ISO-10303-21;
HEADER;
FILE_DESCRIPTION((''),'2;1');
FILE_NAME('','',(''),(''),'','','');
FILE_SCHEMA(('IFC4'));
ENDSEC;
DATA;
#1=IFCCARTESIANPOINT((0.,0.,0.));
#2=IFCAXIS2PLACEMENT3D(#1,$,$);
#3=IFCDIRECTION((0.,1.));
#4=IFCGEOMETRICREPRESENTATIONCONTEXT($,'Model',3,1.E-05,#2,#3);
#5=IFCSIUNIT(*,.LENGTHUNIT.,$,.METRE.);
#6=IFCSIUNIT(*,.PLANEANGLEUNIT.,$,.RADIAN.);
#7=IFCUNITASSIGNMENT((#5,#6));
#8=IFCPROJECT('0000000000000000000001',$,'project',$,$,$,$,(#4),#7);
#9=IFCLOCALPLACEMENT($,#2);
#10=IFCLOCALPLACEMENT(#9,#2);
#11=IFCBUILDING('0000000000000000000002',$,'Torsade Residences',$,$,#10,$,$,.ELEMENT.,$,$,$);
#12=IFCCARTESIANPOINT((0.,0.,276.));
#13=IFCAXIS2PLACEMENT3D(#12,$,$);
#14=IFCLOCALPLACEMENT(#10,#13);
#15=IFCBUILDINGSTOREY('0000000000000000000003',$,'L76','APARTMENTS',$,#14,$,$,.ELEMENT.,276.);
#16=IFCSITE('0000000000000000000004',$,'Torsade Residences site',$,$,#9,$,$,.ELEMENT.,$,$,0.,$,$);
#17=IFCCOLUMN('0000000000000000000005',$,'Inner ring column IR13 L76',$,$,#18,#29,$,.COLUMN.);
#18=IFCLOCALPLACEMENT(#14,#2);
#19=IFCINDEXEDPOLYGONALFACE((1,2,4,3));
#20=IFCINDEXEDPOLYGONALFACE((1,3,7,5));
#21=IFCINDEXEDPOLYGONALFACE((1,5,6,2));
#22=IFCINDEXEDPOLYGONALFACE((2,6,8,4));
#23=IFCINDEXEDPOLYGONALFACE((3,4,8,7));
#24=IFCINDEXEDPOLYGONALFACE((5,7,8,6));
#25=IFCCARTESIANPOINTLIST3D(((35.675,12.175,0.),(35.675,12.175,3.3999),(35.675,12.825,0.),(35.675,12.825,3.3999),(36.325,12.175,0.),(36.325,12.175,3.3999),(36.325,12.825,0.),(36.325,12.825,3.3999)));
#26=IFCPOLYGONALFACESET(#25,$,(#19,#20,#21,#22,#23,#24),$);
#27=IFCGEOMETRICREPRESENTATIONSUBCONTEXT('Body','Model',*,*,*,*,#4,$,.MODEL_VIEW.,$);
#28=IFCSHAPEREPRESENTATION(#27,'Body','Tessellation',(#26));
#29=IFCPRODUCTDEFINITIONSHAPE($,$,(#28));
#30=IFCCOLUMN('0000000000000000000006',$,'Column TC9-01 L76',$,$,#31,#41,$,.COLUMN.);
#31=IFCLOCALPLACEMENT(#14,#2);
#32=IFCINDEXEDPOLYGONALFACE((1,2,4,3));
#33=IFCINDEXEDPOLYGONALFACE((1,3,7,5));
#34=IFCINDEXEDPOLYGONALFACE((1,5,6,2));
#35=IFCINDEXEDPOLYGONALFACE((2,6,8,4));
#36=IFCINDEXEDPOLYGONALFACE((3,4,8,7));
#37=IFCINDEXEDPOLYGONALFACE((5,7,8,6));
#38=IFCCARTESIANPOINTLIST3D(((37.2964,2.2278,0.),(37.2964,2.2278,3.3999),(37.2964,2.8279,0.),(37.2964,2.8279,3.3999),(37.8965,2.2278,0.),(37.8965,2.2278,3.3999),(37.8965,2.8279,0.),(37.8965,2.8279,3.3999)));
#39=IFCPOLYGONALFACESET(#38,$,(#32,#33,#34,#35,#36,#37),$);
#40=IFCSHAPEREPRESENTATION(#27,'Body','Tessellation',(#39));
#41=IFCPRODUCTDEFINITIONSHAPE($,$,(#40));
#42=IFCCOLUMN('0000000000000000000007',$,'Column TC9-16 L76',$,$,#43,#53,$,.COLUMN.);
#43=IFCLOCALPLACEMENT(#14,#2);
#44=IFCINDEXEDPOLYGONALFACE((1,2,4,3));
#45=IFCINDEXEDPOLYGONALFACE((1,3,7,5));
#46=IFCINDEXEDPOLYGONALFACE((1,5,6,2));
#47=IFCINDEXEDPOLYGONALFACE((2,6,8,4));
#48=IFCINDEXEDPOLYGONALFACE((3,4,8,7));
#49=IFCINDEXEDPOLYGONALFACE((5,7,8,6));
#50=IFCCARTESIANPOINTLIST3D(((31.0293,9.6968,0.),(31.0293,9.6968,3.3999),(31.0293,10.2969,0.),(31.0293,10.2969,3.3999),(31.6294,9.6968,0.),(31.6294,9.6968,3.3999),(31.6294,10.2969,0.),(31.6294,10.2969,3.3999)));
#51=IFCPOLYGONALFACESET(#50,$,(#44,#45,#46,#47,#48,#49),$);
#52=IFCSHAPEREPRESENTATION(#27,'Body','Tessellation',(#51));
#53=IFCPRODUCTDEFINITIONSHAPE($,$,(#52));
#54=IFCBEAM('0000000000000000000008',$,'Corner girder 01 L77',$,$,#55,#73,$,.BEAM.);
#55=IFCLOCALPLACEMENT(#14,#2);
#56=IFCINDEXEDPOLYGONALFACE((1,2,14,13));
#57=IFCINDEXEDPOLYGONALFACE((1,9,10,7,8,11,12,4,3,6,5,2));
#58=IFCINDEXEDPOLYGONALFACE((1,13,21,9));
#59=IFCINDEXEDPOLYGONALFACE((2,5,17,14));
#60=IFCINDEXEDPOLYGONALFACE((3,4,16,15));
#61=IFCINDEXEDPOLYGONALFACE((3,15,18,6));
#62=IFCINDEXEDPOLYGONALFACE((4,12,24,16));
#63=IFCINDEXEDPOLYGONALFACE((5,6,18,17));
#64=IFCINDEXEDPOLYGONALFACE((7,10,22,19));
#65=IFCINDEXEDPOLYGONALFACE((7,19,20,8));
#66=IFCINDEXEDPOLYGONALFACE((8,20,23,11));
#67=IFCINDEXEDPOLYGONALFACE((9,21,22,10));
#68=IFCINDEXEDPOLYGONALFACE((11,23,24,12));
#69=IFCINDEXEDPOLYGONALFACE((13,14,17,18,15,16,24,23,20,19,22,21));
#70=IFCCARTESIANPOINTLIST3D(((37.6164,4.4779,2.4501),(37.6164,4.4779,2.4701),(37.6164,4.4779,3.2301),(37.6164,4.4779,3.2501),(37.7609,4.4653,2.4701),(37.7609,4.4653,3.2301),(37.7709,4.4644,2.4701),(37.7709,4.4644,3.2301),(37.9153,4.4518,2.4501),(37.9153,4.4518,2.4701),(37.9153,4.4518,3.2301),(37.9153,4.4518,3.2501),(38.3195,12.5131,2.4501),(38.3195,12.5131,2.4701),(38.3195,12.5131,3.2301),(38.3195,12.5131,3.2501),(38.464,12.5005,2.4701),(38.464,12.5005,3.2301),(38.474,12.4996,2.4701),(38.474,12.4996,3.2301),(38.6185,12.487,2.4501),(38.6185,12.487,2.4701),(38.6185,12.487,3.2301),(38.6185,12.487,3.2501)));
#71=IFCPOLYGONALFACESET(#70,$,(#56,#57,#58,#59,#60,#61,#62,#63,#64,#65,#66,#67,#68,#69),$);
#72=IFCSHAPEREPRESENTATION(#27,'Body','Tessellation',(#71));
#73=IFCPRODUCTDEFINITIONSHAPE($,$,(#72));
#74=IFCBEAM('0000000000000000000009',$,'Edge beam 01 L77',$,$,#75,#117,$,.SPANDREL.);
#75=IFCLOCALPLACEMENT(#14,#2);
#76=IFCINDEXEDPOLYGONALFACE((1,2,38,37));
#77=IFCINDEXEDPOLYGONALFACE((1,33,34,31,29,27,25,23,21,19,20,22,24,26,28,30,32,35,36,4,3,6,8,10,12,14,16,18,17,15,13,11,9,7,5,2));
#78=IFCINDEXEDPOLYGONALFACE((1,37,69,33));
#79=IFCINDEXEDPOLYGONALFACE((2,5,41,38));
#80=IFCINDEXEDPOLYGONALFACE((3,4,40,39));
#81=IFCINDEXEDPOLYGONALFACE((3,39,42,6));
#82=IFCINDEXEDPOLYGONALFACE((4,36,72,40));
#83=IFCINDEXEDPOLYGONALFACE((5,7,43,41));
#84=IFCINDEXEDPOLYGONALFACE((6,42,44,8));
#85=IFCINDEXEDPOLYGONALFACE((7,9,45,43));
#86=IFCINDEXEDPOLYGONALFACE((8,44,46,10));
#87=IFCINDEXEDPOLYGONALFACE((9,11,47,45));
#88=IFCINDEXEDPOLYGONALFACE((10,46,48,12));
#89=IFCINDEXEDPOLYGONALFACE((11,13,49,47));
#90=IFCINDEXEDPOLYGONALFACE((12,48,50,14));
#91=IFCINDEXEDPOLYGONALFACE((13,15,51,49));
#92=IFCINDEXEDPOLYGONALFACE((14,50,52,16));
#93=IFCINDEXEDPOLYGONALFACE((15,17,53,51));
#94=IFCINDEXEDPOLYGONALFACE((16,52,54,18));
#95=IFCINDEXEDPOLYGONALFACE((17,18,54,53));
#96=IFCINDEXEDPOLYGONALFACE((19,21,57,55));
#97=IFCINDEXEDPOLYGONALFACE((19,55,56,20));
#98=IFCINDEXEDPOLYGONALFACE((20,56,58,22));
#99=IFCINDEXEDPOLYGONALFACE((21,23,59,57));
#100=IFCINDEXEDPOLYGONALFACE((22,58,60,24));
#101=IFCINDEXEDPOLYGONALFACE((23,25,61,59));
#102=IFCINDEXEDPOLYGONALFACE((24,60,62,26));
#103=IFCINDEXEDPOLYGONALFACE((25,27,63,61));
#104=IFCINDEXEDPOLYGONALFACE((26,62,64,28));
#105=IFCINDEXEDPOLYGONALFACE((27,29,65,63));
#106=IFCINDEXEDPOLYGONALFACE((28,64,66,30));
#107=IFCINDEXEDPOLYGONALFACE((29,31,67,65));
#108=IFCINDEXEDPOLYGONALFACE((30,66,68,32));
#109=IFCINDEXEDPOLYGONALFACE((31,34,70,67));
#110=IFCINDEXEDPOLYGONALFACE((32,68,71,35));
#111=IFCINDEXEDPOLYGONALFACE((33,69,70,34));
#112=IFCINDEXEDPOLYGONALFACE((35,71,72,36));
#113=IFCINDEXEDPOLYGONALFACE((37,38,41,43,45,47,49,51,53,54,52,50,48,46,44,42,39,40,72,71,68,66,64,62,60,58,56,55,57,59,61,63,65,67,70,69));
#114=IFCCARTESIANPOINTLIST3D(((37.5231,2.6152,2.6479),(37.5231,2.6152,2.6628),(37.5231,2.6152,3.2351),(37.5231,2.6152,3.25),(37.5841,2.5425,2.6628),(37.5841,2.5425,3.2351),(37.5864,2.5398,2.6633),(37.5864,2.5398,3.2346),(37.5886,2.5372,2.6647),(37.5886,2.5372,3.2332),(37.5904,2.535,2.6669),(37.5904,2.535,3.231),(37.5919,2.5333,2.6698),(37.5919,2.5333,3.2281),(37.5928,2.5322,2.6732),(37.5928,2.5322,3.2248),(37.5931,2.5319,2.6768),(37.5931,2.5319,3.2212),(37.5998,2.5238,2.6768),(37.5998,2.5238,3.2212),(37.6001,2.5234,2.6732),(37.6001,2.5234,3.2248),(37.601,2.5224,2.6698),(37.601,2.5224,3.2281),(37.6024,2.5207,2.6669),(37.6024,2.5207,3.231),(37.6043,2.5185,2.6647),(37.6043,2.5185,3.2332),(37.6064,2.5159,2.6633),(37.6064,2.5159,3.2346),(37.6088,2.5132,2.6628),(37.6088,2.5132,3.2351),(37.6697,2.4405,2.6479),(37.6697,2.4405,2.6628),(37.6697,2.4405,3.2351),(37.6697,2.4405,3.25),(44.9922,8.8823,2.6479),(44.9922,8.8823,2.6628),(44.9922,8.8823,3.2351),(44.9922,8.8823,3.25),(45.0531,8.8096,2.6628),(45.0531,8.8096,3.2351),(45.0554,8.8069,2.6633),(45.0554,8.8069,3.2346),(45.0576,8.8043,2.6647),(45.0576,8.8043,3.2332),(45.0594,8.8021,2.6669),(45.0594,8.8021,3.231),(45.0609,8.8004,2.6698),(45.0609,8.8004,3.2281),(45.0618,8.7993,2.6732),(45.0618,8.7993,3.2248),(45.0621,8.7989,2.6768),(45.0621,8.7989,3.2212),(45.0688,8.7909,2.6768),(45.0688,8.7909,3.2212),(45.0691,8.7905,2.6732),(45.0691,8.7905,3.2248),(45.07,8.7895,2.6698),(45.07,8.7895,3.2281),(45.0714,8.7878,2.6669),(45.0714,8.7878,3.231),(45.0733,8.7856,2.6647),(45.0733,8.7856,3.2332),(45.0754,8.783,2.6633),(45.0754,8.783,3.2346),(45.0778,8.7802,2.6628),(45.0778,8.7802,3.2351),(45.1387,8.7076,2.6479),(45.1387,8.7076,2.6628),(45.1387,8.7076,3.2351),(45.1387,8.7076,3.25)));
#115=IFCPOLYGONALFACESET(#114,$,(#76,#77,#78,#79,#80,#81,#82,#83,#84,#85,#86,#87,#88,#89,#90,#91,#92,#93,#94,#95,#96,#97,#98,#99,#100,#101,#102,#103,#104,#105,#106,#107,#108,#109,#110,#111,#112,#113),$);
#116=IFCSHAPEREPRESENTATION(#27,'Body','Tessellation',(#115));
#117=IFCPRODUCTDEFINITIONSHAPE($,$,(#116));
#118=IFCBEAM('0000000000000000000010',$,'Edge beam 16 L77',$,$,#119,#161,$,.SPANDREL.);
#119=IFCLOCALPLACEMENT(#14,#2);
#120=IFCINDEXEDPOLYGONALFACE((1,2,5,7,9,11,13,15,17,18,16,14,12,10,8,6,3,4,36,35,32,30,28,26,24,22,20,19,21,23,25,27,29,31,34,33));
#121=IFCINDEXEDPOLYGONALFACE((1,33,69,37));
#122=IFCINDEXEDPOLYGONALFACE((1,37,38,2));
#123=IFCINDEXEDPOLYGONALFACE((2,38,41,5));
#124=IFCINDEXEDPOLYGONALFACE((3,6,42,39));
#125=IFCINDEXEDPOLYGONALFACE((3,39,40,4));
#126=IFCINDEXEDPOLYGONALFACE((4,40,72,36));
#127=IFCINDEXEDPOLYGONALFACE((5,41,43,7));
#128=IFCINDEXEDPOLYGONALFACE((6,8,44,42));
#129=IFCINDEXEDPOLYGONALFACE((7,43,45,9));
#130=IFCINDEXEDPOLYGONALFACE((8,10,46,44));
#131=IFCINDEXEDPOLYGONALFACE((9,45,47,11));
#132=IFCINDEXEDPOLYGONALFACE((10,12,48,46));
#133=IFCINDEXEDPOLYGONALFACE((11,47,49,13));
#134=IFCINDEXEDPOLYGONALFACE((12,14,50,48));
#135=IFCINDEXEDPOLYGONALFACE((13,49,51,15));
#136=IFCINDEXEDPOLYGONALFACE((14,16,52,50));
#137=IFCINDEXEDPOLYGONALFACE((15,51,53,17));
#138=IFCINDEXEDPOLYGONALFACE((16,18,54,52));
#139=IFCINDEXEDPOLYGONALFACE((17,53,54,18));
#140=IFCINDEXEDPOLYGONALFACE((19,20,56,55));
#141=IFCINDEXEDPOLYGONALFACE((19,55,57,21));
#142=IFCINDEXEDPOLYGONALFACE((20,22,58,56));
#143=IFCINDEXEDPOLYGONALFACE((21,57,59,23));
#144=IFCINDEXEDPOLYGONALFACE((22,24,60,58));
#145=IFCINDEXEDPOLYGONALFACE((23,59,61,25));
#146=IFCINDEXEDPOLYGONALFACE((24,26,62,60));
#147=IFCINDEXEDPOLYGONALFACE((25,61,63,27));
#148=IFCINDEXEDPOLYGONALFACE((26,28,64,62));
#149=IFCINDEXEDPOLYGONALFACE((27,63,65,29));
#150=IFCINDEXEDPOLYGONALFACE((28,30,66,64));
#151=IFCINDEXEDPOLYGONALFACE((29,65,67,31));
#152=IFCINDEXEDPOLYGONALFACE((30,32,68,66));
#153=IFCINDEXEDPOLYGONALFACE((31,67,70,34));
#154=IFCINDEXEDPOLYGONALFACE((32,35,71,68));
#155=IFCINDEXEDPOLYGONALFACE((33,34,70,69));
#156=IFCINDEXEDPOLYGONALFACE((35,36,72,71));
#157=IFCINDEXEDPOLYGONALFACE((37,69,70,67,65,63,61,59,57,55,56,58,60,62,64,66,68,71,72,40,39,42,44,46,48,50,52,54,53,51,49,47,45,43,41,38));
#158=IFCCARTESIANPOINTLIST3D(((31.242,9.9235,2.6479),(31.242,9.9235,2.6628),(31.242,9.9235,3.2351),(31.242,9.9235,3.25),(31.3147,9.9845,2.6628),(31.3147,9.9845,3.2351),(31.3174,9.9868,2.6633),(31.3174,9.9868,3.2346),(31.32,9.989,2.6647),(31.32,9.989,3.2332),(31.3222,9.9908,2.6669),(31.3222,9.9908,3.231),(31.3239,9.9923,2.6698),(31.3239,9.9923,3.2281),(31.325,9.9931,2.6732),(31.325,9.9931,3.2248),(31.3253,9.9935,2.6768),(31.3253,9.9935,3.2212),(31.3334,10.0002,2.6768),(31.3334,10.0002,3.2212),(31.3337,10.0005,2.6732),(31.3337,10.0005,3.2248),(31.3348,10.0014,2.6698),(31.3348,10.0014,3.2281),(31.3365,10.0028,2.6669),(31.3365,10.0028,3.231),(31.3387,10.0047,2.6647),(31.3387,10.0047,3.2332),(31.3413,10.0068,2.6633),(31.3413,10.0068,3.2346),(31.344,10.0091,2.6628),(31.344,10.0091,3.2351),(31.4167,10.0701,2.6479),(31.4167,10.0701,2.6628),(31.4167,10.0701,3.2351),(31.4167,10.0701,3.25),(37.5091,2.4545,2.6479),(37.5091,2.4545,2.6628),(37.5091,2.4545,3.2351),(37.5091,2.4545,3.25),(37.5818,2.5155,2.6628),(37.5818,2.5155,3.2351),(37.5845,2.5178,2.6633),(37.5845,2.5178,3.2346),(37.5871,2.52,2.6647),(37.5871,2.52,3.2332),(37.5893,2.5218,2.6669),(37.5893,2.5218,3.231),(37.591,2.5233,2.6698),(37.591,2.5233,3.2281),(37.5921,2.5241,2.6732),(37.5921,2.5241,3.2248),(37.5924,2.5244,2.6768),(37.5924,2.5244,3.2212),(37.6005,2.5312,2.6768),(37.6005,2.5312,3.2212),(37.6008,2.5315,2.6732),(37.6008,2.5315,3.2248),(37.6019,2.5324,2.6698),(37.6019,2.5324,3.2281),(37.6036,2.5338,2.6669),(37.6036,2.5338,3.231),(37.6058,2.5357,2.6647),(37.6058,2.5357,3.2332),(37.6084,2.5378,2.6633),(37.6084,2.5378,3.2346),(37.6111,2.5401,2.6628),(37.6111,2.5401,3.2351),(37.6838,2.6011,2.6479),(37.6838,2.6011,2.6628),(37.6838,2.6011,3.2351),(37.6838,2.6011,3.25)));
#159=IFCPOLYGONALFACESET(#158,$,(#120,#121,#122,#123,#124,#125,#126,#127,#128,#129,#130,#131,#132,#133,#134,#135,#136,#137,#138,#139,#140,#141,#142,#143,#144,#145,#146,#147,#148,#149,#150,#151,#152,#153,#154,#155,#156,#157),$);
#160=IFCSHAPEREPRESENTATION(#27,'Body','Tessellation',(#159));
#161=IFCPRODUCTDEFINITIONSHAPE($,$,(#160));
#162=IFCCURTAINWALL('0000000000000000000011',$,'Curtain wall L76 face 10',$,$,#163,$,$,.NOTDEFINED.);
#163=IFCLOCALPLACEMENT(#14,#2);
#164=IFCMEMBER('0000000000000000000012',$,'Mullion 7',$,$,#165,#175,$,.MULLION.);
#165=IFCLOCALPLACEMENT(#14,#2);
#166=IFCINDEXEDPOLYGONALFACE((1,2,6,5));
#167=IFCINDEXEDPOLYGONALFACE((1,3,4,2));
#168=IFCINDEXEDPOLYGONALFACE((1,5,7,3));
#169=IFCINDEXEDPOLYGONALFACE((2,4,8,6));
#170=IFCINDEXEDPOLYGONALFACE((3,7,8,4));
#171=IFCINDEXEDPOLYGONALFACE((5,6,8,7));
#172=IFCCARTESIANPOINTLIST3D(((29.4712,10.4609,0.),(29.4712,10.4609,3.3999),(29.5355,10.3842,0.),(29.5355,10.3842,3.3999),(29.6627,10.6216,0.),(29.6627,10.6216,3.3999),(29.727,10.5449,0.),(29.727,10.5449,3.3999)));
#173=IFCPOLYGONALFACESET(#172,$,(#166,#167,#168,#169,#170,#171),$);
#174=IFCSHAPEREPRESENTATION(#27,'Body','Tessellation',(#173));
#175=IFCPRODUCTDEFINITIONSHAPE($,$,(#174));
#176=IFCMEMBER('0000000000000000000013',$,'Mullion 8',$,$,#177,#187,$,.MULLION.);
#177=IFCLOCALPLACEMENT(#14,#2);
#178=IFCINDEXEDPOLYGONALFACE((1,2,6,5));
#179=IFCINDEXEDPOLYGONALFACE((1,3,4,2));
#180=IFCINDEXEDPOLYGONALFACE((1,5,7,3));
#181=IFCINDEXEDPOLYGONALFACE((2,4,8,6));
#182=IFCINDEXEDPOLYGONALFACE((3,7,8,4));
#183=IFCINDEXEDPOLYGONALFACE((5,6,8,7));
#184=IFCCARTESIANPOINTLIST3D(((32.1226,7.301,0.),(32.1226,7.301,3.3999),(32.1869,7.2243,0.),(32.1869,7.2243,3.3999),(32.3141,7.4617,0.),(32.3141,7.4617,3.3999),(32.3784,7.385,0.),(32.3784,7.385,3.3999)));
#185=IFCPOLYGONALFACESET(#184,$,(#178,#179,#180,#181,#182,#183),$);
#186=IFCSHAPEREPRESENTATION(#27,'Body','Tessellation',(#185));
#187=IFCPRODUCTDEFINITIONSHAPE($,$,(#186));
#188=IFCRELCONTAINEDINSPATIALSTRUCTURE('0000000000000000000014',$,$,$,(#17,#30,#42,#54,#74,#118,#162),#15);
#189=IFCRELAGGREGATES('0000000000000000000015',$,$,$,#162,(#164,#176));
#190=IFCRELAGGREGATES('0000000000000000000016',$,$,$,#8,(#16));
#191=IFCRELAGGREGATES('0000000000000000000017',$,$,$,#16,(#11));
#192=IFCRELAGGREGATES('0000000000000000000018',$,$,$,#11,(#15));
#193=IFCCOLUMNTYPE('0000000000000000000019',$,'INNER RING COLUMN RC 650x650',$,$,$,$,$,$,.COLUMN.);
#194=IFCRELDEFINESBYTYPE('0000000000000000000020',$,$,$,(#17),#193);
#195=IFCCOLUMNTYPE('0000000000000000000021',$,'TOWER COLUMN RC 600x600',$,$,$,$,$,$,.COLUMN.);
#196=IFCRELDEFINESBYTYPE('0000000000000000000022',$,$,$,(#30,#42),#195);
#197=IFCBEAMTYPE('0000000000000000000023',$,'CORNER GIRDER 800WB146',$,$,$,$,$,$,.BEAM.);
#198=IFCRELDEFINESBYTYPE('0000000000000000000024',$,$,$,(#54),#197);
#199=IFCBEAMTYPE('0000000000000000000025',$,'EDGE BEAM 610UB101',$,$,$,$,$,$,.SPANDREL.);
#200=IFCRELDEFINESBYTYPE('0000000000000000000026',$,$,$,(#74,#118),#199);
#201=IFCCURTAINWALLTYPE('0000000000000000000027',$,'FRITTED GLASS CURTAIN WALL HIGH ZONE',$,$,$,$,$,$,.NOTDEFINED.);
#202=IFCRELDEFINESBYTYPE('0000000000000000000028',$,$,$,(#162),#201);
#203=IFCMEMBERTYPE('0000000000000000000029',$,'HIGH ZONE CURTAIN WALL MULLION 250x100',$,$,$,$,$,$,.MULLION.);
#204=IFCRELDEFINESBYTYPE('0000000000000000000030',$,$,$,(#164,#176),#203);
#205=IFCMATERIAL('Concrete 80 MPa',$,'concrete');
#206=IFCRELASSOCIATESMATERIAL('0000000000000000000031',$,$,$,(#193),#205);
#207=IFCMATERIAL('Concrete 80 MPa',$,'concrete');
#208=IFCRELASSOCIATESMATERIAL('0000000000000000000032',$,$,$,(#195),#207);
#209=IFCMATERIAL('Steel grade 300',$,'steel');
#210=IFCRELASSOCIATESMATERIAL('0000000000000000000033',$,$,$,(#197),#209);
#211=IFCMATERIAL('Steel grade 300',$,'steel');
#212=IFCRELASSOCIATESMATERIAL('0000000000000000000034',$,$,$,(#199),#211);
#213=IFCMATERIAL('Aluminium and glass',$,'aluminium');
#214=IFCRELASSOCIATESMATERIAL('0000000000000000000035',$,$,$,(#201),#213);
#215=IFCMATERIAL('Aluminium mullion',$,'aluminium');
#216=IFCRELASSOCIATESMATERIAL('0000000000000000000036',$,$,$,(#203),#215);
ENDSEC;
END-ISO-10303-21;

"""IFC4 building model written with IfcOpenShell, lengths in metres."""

from ifc_helpers import new_model, si_unit, direction, frame, origin, origin_2d, place, context, subcontext, project, spatial, rectangle, i_section, extrude, material, material_profile, profile_set, type_object, element, aggregate, save


model = new_model("IFC4")

# Units and contexts
model_context = context("Model", 3, precision=1e-05, world=origin(), true_north=direction((0.0, 1.0)))
body_context = subcontext(model_context, "Body", "Model", "MODEL_VIEW")
ifc_project = project(units=[si_unit("LENGTHUNIT", "METRE"), si_unit("PLANEANGLEUNIT", "RADIAN")], contexts=[model_context])

# Site, building, storey
site_placement = place(None, origin())
site = spatial("IfcSite", under=ifc_project, at=site_placement, Name="Torsade Residences site", CompositionType="ELEMENT", RefElevation=0.0)
building_placement = place(site_placement, origin())
building = spatial("IfcBuilding", under=site, at=building_placement, Name="Torsade Residences", CompositionType="ELEMENT")
storey_placement = place(building_placement, frame((0.0, 0.0, 276.0)))
storey = spatial("IfcBuildingStorey", under=building, at=storey_placement, Name="L76", Description="APARTMENTS", CompositionType="ELEMENT", Elevation=276.0)

# Columns
ifc_material_1 = material(Name="Concrete 80 MPa", Category="concrete")
ifc_material_profile_1 = material_profile(ifc_material_1, rectangle(XDim=0.6499, YDim=0.6499, at=origin_2d()), Name="RC 650x650")
ifc_profile_set_1 = profile_set([ifc_material_profile_1], Name="Concrete 80 MPa")
column_type_1 = type_object("IfcColumnType", Name="INNER RING COLUMN RC 650x650", PredefinedType="COLUMN", material=ifc_profile_set_1)
column_placement = place(storey_placement, frame((36.0, 12.5, 0.0), z_axis=(0.0, 0.0, 1.0), x_axis=(1.0, 0.0, 0.0)))
element("IfcColumn", 1, at=column_placement, inside=storey, type_object=column_type_1, Name="Inner ring column IR13 L76", PredefinedType="COLUMN", context=body_context, shape_type="SweptSolid", body=[
    extrude(rectangle(XDim=0.6499, YDim=0.6499, at=origin_2d()), origin(), (0.0, 0.0, 1.0), 3.3999),
])
ifc_material_2 = material(Name="Concrete 80 MPa", Category="concrete")
ifc_material_profile_2 = material_profile(ifc_material_2, rectangle(XDim=0.6001, YDim=0.6001, at=origin_2d()), Name="RC 600x600")
ifc_profile_set_2 = profile_set([ifc_material_profile_2], Name="Concrete 80 MPa")
column_type_2 = type_object("IfcColumnType", Name="TOWER COLUMN RC 600x600", PredefinedType="COLUMN", material=ifc_profile_set_2)
for number, where, z_axis, x_axis, name in (
    (2, (37.5964, 2.5278, 0.0), (0.0, 0.0, 1.0), (1.0, 0.0, 0.0), "Column TC9-01 L76"),
    (3, (31.3293, 9.9968, 0.0), (0.0, 0.0, 1.0), (1.0, 0.0, 0.0), "Column TC9-16 L76"),
):
    element("IfcColumn", number, at=place(storey_placement, frame(where, z_axis=z_axis, x_axis=x_axis)), inside=storey, type_object=column_type_2, Name=name, PredefinedType="COLUMN", context=body_context, shape_type="SweptSolid", body=[
        extrude(rectangle(XDim=0.6001, YDim=0.6001, at=origin_2d()), origin(), (0.0, 0.0, 1.0), 3.3999),
    ])

# Beams
ifc_material_3 = material(Name="Steel grade 300", Category="steel")
ifc_material_profile_3 = material_profile(ifc_material_3, i_section(OverallWidth=0.3, OverallDepth=0.8, WebThickness=0.01, FlangeThickness=0.02, at=origin_2d()), Name="800WB146")
ifc_profile_set_3 = profile_set([ifc_material_profile_3], Name="Steel grade 300")
beam_type_1 = type_object("IfcBeamType", Name="CORNER GIRDER 800WB146", PredefinedType="BEAM", material=ifc_profile_set_3)
beam_1_placement = place(storey_placement, frame((37.7659, 4.4648, 2.8501), z_axis=(0.087173, 0.996193, 0.0), x_axis=(-0.996193, 0.087173, 0.0)))
element("IfcBeam", 4, at=beam_1_placement, inside=storey, type_object=beam_type_1, Name="Corner girder 01 L77", PredefinedType="BEAM", context=body_context, shape_type="SweptSolid", body=[
    extrude(i_section(OverallWidth=0.3, OverallDepth=0.8, WebThickness=0.01, FlangeThickness=0.02, at=origin_2d()), origin(), (0.0, 0.0, 1.0), 8.0659),
])
ifc_material_4 = material(Name="Steel grade 300", Category="steel")
ifc_material_profile_4 = material_profile(ifc_material_4, i_section(OverallWidth=0.228, OverallDepth=0.6021, WebThickness=0.0105, FlangeThickness=0.0149, FilletRadius=0.0139, at=origin_2d()), Name="610UB101")
ifc_profile_set_4 = profile_set([ifc_material_profile_4], Name="Steel grade 300")
beam_type_2 = type_object("IfcBeamType", Name="EDGE BEAM 610UB101", PredefinedType="SPANDREL", material=ifc_profile_set_4)
for number, where, z_axis, x_axis, name in (
    (5, (37.5964, 2.5278, 2.949), (0.766052, 0.642779, 0.0), (-0.642779, 0.766052, 0.0), "Edge beam 01 L77"),
    (6, (31.3293, 9.9968, 2.949), (0.642779, -0.766052, 0.0), (0.766052, 0.642779, 0.0), "Edge beam 16 L77"),
):
    element("IfcBeam", number, at=place(storey_placement, frame(where, z_axis=z_axis, x_axis=x_axis)), inside=storey, type_object=beam_type_2, Name=name, PredefinedType="SPANDREL", context=body_context, shape_type="SweptSolid", body=[
        extrude(i_section(OverallWidth=0.228, OverallDepth=0.6021, WebThickness=0.0105, FlangeThickness=0.0149, FilletRadius=0.0139, at=origin_2d()), origin(), (0.0, 0.0, 1.0), 9.75),
    ])

# Curtain wall, members
ifc_material_5 = material(Name="Aluminium and glass", Category="aluminium")
curtain_wall_type = type_object("IfcCurtainWallType", Name="FRITTED GLASS CURTAIN WALL HIGH ZONE", PredefinedType="NOTDEFINED", material=ifc_material_5)
curtain_wall_placement = place(storey_placement, origin())
curtain_wall = element("IfcCurtainWall", 7, at=curtain_wall_placement, inside=storey, type_object=curtain_wall_type, Name="Curtain wall L76 face 10", PredefinedType="NOTDEFINED")
ifc_material_6 = material(Name="Aluminium mullion", Category="aluminium")
ifc_material_profile_5 = material_profile(ifc_material_6, rectangle(XDim=0.25, YDim=0.1001, at=origin_2d()), Name="HIGH ZONE CURTAIN WALL MULLION 250x100")
ifc_profile_set_5 = profile_set([ifc_material_profile_5], Name="Aluminium mullion")
member_type_1 = type_object("IfcMemberType", Name="HIGH ZONE CURTAIN WALL MULLION 250x100", PredefinedType="MULLION", material=ifc_profile_set_5)
member_1_placement = place(storey_placement, frame((29.5991, 10.5029, 0.0), z_axis=(0.0, 0.0, 1.0), x_axis=(0.766044, 0.642788, 0.0)))
member_1 = element("IfcMember", 8, at=member_1_placement, type_object=member_type_1, Name="Mullion 7", PredefinedType="MULLION", context=body_context, shape_type="SweptSolid", body=[
    extrude(rectangle(XDim=0.25, YDim=0.1001, at=origin_2d()), origin(), (0.0, 0.0, 1.0), 3.3999),
])
member_2_placement = place(storey_placement, frame((32.2505, 7.343, 0.0), z_axis=(0.0, 0.0, 1.0), x_axis=(0.766044, 0.642788, 0.0)))
member_2 = element("IfcMember", 9, at=member_2_placement, type_object=member_type_1, Name="Mullion 8", PredefinedType="MULLION", context=body_context, shape_type="SweptSolid", body=[
    extrude(rectangle(XDim=0.25, YDim=0.1001, at=origin_2d()), origin(), (0.0, 0.0, 1.0), 3.3999),
])

aggregate(curtain_wall, [member_1, member_2])

save(model, "model.ifc")
